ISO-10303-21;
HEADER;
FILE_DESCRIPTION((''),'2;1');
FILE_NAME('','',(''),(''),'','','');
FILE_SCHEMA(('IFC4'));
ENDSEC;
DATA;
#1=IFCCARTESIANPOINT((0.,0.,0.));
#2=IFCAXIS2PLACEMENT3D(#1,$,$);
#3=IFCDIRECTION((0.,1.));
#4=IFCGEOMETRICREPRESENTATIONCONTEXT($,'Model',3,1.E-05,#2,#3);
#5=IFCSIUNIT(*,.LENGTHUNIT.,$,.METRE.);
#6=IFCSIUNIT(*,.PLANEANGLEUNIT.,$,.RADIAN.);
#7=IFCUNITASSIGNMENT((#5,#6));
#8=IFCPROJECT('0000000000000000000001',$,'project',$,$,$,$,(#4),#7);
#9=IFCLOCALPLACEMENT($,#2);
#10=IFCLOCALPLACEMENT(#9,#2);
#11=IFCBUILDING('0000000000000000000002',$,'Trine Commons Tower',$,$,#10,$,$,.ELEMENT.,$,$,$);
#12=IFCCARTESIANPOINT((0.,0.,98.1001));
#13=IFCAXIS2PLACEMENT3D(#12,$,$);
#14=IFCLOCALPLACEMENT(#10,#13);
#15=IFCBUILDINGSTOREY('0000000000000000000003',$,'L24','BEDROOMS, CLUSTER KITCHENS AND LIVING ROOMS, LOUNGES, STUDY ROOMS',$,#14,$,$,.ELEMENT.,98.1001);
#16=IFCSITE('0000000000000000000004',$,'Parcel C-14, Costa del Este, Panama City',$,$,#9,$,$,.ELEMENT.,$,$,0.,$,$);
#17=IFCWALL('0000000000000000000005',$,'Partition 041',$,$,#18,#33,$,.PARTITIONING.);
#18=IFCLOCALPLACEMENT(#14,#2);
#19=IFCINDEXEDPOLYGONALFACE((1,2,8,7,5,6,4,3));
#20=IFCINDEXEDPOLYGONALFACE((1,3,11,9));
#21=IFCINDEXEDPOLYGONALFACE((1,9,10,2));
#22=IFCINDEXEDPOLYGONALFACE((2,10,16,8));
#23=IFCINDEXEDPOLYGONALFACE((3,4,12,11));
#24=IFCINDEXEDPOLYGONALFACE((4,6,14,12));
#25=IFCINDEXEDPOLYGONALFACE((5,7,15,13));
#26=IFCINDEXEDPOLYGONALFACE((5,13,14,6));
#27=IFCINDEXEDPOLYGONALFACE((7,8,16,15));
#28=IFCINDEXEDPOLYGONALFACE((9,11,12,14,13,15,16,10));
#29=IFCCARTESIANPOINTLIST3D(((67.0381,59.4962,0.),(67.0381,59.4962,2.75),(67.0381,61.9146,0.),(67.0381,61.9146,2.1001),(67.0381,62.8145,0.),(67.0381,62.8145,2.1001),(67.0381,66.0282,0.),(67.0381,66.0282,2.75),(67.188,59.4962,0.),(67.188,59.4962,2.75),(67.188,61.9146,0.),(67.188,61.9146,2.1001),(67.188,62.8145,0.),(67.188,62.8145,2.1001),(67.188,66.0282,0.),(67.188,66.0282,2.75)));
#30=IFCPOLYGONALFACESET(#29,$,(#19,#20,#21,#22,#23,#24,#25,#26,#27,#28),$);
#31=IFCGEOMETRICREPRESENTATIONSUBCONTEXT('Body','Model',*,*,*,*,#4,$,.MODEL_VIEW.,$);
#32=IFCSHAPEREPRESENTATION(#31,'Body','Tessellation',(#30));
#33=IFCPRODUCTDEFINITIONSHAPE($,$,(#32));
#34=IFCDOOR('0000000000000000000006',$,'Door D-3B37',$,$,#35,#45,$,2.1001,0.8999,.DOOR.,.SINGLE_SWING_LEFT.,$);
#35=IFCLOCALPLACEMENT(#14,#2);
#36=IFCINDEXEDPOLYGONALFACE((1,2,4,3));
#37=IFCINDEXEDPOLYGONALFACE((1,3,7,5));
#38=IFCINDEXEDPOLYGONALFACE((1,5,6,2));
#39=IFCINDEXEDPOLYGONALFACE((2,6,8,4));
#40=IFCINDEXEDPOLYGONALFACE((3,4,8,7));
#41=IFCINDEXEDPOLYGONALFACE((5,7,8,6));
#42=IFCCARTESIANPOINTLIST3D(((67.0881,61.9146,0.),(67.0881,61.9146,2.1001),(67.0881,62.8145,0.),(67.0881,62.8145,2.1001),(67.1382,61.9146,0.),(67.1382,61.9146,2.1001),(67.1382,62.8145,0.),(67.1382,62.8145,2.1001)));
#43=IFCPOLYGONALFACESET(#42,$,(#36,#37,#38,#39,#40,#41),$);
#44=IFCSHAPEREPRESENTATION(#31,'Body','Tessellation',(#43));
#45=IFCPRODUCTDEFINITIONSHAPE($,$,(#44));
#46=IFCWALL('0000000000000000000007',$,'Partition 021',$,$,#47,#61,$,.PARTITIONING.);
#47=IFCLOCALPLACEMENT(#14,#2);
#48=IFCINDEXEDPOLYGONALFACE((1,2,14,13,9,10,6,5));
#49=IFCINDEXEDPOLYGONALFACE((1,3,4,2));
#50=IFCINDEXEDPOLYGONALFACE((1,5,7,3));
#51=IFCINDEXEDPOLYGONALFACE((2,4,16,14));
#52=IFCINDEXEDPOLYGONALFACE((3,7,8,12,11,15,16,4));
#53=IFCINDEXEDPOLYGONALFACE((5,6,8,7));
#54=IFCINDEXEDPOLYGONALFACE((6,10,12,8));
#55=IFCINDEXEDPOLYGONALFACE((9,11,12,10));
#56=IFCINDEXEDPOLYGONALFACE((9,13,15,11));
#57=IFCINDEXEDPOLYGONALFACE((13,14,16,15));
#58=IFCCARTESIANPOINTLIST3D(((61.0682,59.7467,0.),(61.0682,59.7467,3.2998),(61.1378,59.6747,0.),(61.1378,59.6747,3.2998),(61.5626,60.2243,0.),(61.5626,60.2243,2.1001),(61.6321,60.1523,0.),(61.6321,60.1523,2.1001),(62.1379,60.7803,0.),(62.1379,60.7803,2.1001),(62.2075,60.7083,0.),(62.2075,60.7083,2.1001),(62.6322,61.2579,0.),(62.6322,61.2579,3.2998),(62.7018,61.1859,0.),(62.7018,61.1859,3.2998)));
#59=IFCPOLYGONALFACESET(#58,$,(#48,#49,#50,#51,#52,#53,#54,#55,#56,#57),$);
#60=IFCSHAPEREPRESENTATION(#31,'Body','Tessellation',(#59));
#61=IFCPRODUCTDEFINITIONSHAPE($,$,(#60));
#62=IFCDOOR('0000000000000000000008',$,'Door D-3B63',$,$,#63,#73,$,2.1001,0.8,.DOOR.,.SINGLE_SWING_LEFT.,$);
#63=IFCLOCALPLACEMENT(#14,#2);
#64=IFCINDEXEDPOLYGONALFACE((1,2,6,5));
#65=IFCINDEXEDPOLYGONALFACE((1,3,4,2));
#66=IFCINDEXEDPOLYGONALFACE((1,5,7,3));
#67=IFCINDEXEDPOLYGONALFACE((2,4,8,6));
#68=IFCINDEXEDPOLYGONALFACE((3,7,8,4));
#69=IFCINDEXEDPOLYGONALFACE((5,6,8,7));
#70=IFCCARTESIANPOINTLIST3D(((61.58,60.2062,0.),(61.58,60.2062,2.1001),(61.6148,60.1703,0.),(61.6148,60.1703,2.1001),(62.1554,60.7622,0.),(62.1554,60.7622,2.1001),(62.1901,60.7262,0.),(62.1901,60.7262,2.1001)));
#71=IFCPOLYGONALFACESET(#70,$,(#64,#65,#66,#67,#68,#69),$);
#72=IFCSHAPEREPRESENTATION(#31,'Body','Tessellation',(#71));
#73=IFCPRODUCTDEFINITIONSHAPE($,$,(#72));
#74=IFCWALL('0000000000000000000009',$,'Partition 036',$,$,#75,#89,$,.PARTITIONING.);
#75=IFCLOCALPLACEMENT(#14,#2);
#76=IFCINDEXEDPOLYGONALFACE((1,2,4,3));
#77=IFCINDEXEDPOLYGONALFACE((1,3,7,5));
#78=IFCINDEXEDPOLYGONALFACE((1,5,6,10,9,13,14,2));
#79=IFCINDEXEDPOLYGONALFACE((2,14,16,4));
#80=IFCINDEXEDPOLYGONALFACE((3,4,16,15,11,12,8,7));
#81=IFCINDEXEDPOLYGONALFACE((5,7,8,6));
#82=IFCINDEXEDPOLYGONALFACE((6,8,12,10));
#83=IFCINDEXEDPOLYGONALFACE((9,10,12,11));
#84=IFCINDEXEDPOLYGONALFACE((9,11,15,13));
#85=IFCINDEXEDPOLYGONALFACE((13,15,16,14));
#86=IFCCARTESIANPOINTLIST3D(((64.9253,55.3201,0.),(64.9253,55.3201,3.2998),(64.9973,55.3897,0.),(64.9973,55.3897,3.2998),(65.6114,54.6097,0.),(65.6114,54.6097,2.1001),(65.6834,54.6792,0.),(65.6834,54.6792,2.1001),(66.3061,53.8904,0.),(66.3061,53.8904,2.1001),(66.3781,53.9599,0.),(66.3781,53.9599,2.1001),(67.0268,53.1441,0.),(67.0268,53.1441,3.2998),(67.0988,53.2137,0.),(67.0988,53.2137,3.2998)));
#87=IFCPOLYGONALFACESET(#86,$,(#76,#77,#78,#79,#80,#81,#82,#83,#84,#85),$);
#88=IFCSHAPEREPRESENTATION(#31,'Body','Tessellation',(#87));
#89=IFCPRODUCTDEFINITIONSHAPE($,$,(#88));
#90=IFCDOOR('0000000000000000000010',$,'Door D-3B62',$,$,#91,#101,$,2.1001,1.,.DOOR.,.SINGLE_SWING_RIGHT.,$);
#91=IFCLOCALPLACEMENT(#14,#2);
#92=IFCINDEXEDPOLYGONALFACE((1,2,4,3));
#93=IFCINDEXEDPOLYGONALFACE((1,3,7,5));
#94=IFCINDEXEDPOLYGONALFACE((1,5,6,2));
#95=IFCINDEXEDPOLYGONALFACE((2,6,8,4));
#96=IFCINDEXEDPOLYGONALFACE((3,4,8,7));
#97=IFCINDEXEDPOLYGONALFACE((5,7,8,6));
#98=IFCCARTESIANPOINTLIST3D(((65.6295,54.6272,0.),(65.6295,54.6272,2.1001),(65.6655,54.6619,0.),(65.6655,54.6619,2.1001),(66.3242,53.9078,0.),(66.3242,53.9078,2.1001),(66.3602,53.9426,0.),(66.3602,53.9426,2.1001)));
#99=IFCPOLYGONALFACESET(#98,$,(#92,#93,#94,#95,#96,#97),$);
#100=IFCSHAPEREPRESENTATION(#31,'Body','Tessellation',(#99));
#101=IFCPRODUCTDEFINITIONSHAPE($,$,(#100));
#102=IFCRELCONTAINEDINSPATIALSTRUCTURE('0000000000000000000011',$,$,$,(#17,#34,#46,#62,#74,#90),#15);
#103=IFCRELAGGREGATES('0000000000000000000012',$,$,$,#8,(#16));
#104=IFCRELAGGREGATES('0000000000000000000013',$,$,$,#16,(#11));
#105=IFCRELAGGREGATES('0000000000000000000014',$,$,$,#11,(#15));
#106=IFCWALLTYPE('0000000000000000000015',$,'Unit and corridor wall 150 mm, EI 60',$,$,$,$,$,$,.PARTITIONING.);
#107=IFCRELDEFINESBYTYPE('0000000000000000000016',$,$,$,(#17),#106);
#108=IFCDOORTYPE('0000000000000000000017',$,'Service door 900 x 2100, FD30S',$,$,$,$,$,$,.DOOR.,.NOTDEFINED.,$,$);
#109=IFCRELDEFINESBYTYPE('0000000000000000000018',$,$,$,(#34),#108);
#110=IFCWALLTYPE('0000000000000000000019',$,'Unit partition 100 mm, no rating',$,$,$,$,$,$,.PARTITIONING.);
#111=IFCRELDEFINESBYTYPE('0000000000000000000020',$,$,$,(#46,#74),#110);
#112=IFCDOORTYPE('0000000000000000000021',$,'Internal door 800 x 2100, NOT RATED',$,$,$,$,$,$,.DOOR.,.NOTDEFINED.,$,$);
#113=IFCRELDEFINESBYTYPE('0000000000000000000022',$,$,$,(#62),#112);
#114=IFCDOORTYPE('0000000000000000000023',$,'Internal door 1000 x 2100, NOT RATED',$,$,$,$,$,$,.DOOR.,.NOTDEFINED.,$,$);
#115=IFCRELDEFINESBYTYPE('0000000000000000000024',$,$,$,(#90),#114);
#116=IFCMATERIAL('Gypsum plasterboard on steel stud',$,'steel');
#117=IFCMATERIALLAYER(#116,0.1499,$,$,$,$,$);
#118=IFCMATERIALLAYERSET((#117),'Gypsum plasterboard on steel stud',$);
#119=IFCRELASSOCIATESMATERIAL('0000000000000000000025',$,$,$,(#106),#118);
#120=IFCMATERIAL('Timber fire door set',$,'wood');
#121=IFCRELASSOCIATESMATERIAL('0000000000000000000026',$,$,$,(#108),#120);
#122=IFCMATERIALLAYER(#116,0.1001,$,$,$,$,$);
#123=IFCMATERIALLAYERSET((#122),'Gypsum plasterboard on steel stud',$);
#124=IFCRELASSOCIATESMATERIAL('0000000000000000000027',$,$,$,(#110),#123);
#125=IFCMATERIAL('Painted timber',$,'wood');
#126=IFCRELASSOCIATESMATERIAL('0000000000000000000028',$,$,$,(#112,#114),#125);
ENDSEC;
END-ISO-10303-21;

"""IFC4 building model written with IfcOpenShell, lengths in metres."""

from ifc_helpers import new_model, si_unit, direction, frame, frame_2d, origin, place, context, subcontext, project, spatial, rectangle, extrude, material, layer, layer_set, type_object, element, fill, save


model = new_model("IFC4")

# Units and contexts
model_context = context("Model", 3, precision=1e-05, world=origin(), true_north=direction((0.0, 1.0)))
body_context = subcontext(model_context, "Body", "Model", "MODEL_VIEW")
ifc_project = project(units=[si_unit("LENGTHUNIT", "METRE"), si_unit("PLANEANGLEUNIT", "RADIAN")], contexts=[model_context])

# Site, building, storey
site_placement = place(None, origin())
site = spatial("IfcSite", under=ifc_project, at=site_placement, Name="Parcel C-14, Costa del Este, Panama City", CompositionType="ELEMENT", RefElevation=0.0)
building_placement = place(site_placement, origin())
building = spatial("IfcBuilding", under=site, at=building_placement, Name="Trine Commons Tower", CompositionType="ELEMENT")
storey_placement = place(building_placement, frame((0.0, 0.0, 98.1001)))
storey = spatial("IfcBuildingStorey", under=building, at=storey_placement, Name="L24", Description="BEDROOMS, CLUSTER KITCHENS AND LIVING ROOMS, LOUNGES, STUDY ROOMS", CompositionType="ELEMENT", Elevation=98.1001)

# Shared definitions
ifc_material_1 = material(Name="Gypsum plasterboard on steel stud", Category="steel")
ifc_layer_1 = layer(ifc_material_1, 0.1499)
ifc_layer_set_1 = layer_set([ifc_layer_1], Name="Gypsum plasterboard on steel stud")
wall_type_1 = type_object("IfcWallType", Name="Unit and corridor wall 150 mm, EI 60", PredefinedType="PARTITIONING", material=ifc_layer_set_1)

# Walls, openings, doors
wall_1_placement = place(storey_placement, frame((67.113, 59.4961, 0.0), z_axis=(0.0, 0.0, 1.0), x_axis=(0.0, 1.0, 0.0)))
wall_1 = element("IfcWall", 1, at=wall_1_placement, inside=storey, type_object=wall_type_1, Name="Partition 041", PredefinedType="PARTITIONING", context=body_context, shape_type="SweptSolid", body=[
    extrude(rectangle(XDim=6.532, YDim=0.1499, at=frame_2d((3.2661, 0.0))), origin(), (0.0, 0.0, 1.0), 2.75),
])
opening_1_placement = place(wall_1_placement, frame((2.4185, 0.0, 0.0)))
opening_1 = element("IfcOpeningElement", 2, at=opening_1_placement, cuts=wall_1, PredefinedType="OPENING", context=body_context, shape_type="SweptSolid", body=[
    extrude(rectangle(XDim=0.8999, YDim=2.1001, at=frame_2d((0.45, 1.05))), frame((0.0, 0.085, 0.0), z_axis=(0.0, -1.0, 0.0), x_axis=(1.0, 0.0, 0.0)), (0.0, 0.0, 1.0), 0.1699),
])
ifc_material_2 = material(Name="Timber fire door set", Category="wood")
door_type_1 = type_object("IfcDoorType", Name="Service door 900 x 2100, FD30S", OperationType="NOTDEFINED", PredefinedType="DOOR", material=ifc_material_2)
door_1_placement = place(opening_1_placement, origin())
door_1 = element("IfcDoor", 3, at=door_1_placement, inside=storey, type_object=door_type_1, Name="Door D-3B37", OperationType="SINGLE_SWING_LEFT", OverallHeight=2.1001, OverallWidth=0.8999, PredefinedType="DOOR", context=body_context, shape_type="SweptSolid", body=[
    extrude(rectangle(XDim=0.8999, YDim=2.1001, at=frame_2d((0.45, 1.05))), frame((0.0, 0.0249, 0.0), z_axis=(0.0, -1.0, 0.0), x_axis=(1.0, 0.0, 0.0)), (0.0, 0.0, 1.0), 0.05),
])
fill(opening_1, door_1)
ifc_layer_2 = layer(ifc_material_1, 0.1001)
ifc_layer_set_2 = layer_set([ifc_layer_2], Name="Gypsum plasterboard on steel stud")
wall_type_2 = type_object("IfcWallType", Name="Unit partition 100 mm, no rating", PredefinedType="PARTITIONING", material=ifc_layer_set_2)
wall_2_placement = place(storey_placement, frame((61.103, 59.7107, 0.0), z_axis=(0.0, 0.0, 1.0), x_axis=(0.719127, 0.694879, 0.0)))
wall_2 = element("IfcWall", 4, at=wall_2_placement, inside=storey, type_object=wall_type_2, Name="Partition 021", PredefinedType="PARTITIONING", context=body_context, shape_type="SweptSolid", body=[
    extrude(rectangle(XDim=2.1748, YDim=0.1001, at=frame_2d((1.0874, 0.0))), origin(), (0.0, 0.0, 1.0), 3.2998),
])
opening_2_placement = place(wall_2_placement, frame((0.6875, 0.0, 0.0)))
opening_2 = element("IfcOpeningElement", 5, at=opening_2_placement, cuts=wall_2, PredefinedType="OPENING", context=body_context, shape_type="SweptSolid", body=[
    extrude(rectangle(XDim=0.8, YDim=2.1001, at=frame_2d((0.3999, 1.05))), frame((0.0, 0.0601, 0.0), z_axis=(0.0, -1.0, 0.0), x_axis=(1.0, 0.0, 0.0)), (0.0, 0.0, 1.0), 0.1201),
])
ifc_material_3 = material(Name="Painted timber", Category="wood")
door_type_2 = type_object("IfcDoorType", Name="Internal door 800 x 2100, NOT RATED", OperationType="NOTDEFINED", PredefinedType="DOOR", material=ifc_material_3)
door_2_placement = place(opening_2_placement, origin())
door_2 = element("IfcDoor", 6, at=door_2_placement, inside=storey, type_object=door_type_2, Name="Door D-3B63", OperationType="SINGLE_SWING_LEFT", OverallHeight=2.1001, OverallWidth=0.8, PredefinedType="DOOR", context=body_context, shape_type="SweptSolid", body=[
    extrude(rectangle(XDim=0.8, YDim=2.1001, at=frame_2d((0.3999, 1.05))), frame((0.0, 0.0249, 0.0), z_axis=(0.0, -1.0, 0.0), x_axis=(1.0, 0.0, 0.0)), (0.0, 0.0, 1.0), 0.05),
])
fill(opening_2, door_2)
wall_3_placement = place(storey_placement, frame((64.9612, 55.355, 0.0), z_axis=(0.0, 0.0, 1.0), x_axis=(0.694692, -0.719307, 0.0)))
wall_3 = element("IfcWall", 7, at=wall_3_placement, inside=storey, type_object=wall_type_2, Name="Partition 036", PredefinedType="PARTITIONING", context=body_context, shape_type="SweptSolid", body=[
    extrude(rectangle(XDim=3.0251, YDim=0.1001, at=frame_2d((1.5127, 0.0))), origin(), (0.0, 0.0, 1.0), 3.2998),
])
opening_3_placement = place(wall_3_placement, frame((0.9878, 0.0, 0.0)))
opening_3 = element("IfcOpeningElement", 8, at=opening_3_placement, cuts=wall_3, PredefinedType="OPENING", context=body_context, shape_type="SweptSolid", body=[
    extrude(rectangle(XDim=1.0, YDim=2.1001, at=frame_2d((0.5, 1.05))), frame((0.0, 0.0601, 0.0), z_axis=(0.0, -1.0, 0.0), x_axis=(1.0, 0.0, 0.0)), (0.0, 0.0, 1.0), 0.1201),
])
door_type_3 = type_object("IfcDoorType", Name="Internal door 1000 x 2100, NOT RATED", OperationType="NOTDEFINED", PredefinedType="DOOR", material=ifc_material_3)
door_3_placement = place(opening_3_placement, frame((1.0, 0.0, 0.0), z_axis=(0.0, 0.0, 1.0), x_axis=(-1.0, 0.0, 0.0)))
door_3 = element("IfcDoor", 9, at=door_3_placement, inside=storey, type_object=door_type_3, Name="Door D-3B62", OperationType="SINGLE_SWING_RIGHT", OverallHeight=2.1001, OverallWidth=1.0, PredefinedType="DOOR", context=body_context, shape_type="SweptSolid", body=[
    extrude(rectangle(XDim=1.0, YDim=2.1001, at=frame_2d((0.5, 1.05))), frame((0.0, 0.0249, 0.0), z_axis=(0.0, -1.0, 0.0), x_axis=(1.0, 0.0, 0.0)), (0.0, 0.0, 1.0), 0.05),
])
fill(opening_3, door_3)

save(model, "model.ifc")
